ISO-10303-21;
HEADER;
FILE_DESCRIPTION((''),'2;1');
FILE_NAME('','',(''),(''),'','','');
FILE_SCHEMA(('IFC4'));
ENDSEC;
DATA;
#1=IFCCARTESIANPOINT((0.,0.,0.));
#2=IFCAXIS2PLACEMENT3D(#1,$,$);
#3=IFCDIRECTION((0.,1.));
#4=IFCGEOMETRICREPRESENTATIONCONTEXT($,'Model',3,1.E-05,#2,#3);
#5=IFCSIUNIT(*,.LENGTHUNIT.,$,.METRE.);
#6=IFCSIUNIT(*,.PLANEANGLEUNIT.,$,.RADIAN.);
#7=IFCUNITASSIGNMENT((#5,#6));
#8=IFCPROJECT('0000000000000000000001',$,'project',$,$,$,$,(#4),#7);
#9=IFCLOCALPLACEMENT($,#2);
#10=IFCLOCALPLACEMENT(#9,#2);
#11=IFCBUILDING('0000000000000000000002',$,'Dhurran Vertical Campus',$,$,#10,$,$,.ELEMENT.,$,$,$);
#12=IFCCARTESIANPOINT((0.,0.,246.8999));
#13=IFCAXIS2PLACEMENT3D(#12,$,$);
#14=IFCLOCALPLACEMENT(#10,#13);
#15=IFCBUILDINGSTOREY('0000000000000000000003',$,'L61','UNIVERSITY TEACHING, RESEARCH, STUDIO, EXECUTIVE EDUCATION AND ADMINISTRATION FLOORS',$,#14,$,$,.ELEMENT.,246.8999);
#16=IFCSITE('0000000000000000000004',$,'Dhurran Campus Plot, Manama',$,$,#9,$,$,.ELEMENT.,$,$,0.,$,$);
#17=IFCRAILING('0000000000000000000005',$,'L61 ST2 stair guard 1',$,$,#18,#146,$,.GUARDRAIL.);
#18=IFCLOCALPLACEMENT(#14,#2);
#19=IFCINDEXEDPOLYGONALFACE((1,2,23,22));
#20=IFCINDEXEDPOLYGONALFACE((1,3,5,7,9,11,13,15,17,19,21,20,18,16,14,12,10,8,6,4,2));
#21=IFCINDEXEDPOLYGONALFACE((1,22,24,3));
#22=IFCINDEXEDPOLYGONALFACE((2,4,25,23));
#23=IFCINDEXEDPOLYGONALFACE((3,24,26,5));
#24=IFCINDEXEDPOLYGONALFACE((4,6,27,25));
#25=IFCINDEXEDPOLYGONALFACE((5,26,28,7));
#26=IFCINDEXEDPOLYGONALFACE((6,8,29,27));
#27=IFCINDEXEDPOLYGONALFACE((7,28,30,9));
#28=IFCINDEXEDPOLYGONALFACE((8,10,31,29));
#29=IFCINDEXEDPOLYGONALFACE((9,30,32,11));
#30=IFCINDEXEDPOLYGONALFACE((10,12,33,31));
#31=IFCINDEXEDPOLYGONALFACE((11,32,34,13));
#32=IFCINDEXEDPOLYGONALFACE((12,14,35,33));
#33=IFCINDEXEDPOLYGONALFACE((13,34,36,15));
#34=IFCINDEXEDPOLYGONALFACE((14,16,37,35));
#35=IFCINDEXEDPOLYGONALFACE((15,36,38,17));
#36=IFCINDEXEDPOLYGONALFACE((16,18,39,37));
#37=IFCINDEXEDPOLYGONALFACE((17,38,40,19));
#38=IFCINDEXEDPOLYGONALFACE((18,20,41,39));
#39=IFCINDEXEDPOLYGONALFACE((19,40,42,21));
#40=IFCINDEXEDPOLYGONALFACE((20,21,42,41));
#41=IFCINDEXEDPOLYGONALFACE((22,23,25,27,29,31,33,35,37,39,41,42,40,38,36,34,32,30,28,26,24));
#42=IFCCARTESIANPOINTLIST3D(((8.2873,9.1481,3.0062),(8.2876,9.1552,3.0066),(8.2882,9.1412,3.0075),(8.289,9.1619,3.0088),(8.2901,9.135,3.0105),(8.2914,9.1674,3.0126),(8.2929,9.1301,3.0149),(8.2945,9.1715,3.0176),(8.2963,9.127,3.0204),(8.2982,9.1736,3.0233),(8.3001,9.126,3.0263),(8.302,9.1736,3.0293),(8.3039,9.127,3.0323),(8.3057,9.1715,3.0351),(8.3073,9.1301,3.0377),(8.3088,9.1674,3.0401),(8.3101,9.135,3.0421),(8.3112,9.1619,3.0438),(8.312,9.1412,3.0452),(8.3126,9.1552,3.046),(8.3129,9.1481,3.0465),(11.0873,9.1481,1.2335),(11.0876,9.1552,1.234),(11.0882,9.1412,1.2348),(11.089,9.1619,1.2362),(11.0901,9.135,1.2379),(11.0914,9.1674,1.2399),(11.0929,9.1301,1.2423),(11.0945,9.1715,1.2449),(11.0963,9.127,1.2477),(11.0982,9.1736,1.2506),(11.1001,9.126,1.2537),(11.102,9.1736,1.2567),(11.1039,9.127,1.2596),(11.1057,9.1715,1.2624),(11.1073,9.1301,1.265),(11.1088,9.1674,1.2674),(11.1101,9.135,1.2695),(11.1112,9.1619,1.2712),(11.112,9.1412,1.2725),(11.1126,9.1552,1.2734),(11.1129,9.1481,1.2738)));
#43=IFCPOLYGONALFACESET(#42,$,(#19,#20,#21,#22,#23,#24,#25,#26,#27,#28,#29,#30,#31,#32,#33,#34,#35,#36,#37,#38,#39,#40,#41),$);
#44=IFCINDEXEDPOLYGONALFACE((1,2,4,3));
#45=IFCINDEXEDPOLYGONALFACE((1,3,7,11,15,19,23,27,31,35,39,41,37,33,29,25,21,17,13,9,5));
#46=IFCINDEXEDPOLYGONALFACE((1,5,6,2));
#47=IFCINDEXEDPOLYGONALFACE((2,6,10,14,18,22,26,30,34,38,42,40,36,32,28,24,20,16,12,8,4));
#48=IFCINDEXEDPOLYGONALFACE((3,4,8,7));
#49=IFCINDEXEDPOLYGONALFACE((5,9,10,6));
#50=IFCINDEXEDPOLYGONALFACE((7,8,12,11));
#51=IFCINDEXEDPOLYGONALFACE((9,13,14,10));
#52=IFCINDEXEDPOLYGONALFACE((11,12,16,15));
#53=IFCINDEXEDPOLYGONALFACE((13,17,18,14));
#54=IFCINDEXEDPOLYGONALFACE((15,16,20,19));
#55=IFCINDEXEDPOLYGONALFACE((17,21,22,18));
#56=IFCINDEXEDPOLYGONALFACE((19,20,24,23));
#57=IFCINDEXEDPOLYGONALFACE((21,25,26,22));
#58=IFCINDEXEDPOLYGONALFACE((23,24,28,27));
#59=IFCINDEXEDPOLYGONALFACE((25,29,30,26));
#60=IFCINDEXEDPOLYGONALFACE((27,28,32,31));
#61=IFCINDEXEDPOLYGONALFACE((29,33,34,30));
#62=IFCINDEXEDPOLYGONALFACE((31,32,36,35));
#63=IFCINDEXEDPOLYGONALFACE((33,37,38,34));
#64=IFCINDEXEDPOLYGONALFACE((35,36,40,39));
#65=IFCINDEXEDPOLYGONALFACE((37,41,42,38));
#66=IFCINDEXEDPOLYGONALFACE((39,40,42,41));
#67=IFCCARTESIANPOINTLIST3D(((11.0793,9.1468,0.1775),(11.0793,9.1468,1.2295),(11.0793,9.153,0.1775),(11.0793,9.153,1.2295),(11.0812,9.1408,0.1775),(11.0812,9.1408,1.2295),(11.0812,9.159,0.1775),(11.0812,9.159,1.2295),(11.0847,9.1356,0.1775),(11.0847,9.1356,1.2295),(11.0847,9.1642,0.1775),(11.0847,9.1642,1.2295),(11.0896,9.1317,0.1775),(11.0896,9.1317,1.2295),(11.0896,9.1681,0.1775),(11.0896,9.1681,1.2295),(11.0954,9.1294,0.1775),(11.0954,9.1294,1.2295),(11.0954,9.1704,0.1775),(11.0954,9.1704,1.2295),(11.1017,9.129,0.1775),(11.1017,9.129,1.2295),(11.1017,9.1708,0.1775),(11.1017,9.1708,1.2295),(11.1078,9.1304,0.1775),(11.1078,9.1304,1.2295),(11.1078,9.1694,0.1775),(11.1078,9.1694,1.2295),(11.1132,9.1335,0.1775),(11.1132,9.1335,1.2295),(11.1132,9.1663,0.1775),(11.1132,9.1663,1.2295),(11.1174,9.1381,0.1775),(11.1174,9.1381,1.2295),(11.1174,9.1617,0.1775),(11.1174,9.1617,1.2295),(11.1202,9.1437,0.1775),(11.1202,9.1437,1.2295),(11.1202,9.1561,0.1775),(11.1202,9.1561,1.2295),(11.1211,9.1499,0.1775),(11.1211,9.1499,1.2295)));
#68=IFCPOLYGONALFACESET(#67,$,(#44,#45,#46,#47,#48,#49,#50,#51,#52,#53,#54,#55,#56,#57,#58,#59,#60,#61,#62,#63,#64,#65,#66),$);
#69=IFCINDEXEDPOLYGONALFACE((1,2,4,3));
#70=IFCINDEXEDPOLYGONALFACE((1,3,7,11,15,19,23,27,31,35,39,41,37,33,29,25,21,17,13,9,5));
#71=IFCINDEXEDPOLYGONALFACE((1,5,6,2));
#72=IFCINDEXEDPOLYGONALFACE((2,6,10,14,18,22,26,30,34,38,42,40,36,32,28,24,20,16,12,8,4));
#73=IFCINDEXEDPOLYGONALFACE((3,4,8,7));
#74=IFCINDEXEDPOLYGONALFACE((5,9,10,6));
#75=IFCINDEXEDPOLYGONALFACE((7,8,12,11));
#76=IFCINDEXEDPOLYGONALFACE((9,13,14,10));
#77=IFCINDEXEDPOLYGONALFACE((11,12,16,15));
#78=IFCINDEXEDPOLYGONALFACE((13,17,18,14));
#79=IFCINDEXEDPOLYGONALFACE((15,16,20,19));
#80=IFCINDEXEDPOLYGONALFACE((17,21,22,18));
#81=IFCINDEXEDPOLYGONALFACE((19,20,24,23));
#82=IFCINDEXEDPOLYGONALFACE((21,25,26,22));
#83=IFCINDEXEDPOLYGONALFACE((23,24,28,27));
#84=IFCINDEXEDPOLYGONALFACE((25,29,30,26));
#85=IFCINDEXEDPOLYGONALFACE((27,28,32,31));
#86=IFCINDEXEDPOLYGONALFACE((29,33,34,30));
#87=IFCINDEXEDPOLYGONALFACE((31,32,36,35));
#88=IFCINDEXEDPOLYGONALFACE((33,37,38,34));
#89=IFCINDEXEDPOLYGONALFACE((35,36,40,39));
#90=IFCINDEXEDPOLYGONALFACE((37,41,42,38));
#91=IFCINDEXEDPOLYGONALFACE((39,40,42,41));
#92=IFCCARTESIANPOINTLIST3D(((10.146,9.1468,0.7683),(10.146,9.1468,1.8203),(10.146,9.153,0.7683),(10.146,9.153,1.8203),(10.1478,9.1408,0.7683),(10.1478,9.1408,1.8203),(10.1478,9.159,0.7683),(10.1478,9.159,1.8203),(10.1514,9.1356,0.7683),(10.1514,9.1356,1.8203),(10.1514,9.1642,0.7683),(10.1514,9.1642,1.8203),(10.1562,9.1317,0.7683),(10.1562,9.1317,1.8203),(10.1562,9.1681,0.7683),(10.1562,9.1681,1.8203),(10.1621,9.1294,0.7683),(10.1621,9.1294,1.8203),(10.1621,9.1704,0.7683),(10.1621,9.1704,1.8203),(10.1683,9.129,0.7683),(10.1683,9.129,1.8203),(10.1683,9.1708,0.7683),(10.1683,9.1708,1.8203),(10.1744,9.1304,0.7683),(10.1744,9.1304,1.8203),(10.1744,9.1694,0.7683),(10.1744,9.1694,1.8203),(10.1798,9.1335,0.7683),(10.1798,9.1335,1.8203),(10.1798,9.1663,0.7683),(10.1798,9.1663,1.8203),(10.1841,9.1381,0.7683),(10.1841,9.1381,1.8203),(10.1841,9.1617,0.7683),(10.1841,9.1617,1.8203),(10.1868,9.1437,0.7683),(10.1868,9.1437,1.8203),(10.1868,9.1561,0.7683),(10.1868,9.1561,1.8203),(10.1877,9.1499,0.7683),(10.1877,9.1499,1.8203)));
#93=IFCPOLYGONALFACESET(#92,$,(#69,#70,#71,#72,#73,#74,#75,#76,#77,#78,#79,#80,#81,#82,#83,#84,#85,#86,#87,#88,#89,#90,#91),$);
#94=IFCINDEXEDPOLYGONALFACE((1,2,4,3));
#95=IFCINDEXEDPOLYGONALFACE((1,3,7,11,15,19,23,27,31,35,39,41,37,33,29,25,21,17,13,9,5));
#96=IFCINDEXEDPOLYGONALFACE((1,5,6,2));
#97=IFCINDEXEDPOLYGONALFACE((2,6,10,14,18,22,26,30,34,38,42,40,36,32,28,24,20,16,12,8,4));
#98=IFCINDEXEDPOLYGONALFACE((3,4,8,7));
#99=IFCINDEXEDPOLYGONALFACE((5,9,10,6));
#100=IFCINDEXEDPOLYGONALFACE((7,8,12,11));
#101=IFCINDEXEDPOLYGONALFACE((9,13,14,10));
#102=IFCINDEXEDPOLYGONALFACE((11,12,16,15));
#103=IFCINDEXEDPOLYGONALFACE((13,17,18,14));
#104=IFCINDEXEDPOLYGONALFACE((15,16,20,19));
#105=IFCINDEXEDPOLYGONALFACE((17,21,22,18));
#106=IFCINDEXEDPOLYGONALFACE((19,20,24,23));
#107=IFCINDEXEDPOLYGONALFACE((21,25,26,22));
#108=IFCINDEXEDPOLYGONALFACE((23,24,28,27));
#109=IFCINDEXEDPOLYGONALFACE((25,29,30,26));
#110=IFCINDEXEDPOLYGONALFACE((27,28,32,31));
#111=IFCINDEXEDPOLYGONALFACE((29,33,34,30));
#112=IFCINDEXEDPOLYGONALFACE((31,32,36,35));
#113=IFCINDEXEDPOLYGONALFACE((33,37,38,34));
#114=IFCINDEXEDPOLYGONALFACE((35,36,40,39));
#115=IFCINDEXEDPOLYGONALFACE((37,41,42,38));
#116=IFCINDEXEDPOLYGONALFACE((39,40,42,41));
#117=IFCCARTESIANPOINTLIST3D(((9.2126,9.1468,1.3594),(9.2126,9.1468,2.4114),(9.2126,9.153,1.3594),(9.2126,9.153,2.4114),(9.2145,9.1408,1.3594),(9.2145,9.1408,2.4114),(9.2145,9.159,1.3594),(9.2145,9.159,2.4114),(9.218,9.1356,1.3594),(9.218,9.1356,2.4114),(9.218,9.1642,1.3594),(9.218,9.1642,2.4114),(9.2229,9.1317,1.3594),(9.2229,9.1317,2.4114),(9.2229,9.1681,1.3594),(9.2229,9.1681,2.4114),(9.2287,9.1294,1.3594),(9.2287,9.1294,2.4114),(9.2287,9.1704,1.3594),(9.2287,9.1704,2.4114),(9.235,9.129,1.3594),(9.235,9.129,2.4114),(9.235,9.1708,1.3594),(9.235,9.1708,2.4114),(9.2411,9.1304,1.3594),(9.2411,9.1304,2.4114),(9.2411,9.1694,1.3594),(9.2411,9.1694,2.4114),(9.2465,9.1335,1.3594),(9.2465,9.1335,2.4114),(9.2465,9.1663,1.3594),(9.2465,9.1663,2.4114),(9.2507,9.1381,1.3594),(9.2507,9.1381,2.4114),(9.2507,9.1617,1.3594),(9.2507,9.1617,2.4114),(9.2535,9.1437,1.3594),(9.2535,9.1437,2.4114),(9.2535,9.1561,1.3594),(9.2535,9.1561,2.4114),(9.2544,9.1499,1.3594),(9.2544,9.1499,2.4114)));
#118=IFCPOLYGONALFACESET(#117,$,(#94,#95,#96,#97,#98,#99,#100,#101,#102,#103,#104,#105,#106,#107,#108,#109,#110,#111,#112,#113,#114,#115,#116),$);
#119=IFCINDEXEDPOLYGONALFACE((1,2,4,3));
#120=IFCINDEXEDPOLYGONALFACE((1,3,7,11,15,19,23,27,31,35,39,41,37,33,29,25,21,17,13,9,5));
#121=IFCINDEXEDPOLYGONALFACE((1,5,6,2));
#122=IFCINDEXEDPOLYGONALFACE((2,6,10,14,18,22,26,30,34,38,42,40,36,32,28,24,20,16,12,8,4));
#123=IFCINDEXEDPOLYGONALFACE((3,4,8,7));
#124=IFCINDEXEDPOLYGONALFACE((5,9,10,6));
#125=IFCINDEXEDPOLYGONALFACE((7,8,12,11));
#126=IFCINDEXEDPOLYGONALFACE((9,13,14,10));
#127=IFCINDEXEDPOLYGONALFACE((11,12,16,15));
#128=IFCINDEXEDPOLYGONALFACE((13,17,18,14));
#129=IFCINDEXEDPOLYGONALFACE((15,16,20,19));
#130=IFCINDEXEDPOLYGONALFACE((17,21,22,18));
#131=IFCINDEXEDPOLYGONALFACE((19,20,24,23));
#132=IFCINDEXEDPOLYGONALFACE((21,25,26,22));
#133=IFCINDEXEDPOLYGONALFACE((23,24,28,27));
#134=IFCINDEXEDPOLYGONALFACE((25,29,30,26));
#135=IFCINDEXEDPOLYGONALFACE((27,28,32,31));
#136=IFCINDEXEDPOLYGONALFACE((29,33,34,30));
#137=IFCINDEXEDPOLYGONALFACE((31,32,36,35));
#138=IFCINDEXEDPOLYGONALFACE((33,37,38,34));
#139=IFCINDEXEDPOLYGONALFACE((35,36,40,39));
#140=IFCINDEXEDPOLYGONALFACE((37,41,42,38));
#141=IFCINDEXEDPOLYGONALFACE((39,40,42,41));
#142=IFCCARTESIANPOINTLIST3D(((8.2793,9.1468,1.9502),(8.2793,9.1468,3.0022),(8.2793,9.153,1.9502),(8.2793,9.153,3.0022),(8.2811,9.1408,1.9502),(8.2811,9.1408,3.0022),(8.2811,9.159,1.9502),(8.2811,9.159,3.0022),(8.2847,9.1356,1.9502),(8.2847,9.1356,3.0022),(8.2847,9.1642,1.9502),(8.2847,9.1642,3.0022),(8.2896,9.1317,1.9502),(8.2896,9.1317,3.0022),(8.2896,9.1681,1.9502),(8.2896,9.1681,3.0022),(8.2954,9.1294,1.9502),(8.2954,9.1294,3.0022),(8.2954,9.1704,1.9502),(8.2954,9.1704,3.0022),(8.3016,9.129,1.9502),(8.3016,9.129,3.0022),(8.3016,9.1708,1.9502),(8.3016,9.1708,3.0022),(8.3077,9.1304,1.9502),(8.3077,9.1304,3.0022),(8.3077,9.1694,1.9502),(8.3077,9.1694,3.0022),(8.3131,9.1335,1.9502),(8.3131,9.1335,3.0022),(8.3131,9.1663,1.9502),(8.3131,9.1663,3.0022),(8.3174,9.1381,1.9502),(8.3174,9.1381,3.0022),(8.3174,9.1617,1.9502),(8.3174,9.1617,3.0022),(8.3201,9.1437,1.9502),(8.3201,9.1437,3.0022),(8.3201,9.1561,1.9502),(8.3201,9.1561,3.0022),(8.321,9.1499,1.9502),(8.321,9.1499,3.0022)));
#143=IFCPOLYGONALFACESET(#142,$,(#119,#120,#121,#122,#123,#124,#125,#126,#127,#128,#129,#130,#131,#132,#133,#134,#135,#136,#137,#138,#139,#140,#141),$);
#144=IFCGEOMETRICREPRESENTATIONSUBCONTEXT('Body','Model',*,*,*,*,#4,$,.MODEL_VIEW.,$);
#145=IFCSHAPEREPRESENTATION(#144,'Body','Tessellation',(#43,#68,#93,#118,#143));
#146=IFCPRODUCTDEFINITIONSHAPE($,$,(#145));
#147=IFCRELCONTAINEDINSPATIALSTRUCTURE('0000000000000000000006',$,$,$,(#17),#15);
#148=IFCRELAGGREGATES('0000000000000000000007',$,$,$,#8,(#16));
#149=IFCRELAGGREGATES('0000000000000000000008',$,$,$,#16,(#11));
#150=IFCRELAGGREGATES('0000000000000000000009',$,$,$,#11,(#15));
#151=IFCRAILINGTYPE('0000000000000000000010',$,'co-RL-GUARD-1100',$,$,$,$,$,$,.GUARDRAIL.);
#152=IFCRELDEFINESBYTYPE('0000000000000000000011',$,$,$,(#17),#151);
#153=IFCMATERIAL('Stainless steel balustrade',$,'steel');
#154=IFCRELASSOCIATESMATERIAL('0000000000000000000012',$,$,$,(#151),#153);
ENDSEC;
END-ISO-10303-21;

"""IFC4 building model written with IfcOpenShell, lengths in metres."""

from ifc_helpers import new_model, si_unit, direction, frame, origin, origin_2d, place, context, subcontext, project, spatial, circle, extrude, material, type_object, element, save


model = new_model("IFC4")

# Units and contexts
model_context = context("Model", 3, precision=1e-05, world=origin(), true_north=direction((0.0, 1.0)))
body_context = subcontext(model_context, "Body", "Model", "MODEL_VIEW")
ifc_project = project(units=[si_unit("LENGTHUNIT", "METRE"), si_unit("PLANEANGLEUNIT", "RADIAN")], contexts=[model_context])

# Site, building, storey
site_placement = place(None, origin())
site = spatial("IfcSite", under=ifc_project, at=site_placement, Name="Dhurran Campus Plot, Manama", CompositionType="ELEMENT", RefElevation=0.0)
building_placement = place(site_placement, origin())
building = spatial("IfcBuilding", under=site, at=building_placement, Name="Dhurran Vertical Campus", CompositionType="ELEMENT")
storey_placement = place(building_placement, frame((0.0, 0.0, 246.8999)))
storey = spatial("IfcBuildingStorey", under=building, at=storey_placement, Name="L61", Description="UNIVERSITY TEACHING, RESEARCH, STUDIO, EXECUTIVE EDUCATION AND ADMINISTRATION FLOORS", CompositionType="ELEMENT", Elevation=246.8999)

# Railing
ifc_material_1 = material(Name="Stainless steel balustrade", Category="steel")
railing_type = type_object("IfcRailingType", Name="co-RL-GUARD-1100", PredefinedType="GUARDRAIL", material=ifc_material_1)
railing_1_placement = place(storey_placement, frame((11.1001, 9.1499, 0.1775)))
element("IfcRailing", 1, at=railing_1_placement, inside=storey, type_object=railing_type, Name="L61 ST2 stair guard 1", PredefinedType="GUARDRAIL", context=body_context, shape_type="SweptSolid", body=[
    extrude(circle(Radius=0.0239, at=origin_2d()), frame((0.0, 0.0, 1.0762), z_axis=(-0.844909, 0.0, 0.53491), x_axis=(0.0, -1.0, 0.0)), (0.0, 0.0, 1.0), 3.314),
    extrude(circle(Radius=0.021, at=origin_2d()), origin(), (0.0, 0.0, 1.0), 1.052),
    extrude(circle(Radius=0.021, at=origin_2d()), frame((-0.9333, 0.0, 0.5908)), (0.0, 0.0, 1.0), 1.052),
    extrude(circle(Radius=0.021, at=origin_2d()), frame((-1.8667, 0.0, 1.1819)), (0.0, 0.0, 1.0), 1.052),
    extrude(circle(Radius=0.021, at=origin_2d()), frame((-2.8, 0.0, 1.7727)), (0.0, 0.0, 1.0), 1.052),
])

save(model, "model.ifc")
